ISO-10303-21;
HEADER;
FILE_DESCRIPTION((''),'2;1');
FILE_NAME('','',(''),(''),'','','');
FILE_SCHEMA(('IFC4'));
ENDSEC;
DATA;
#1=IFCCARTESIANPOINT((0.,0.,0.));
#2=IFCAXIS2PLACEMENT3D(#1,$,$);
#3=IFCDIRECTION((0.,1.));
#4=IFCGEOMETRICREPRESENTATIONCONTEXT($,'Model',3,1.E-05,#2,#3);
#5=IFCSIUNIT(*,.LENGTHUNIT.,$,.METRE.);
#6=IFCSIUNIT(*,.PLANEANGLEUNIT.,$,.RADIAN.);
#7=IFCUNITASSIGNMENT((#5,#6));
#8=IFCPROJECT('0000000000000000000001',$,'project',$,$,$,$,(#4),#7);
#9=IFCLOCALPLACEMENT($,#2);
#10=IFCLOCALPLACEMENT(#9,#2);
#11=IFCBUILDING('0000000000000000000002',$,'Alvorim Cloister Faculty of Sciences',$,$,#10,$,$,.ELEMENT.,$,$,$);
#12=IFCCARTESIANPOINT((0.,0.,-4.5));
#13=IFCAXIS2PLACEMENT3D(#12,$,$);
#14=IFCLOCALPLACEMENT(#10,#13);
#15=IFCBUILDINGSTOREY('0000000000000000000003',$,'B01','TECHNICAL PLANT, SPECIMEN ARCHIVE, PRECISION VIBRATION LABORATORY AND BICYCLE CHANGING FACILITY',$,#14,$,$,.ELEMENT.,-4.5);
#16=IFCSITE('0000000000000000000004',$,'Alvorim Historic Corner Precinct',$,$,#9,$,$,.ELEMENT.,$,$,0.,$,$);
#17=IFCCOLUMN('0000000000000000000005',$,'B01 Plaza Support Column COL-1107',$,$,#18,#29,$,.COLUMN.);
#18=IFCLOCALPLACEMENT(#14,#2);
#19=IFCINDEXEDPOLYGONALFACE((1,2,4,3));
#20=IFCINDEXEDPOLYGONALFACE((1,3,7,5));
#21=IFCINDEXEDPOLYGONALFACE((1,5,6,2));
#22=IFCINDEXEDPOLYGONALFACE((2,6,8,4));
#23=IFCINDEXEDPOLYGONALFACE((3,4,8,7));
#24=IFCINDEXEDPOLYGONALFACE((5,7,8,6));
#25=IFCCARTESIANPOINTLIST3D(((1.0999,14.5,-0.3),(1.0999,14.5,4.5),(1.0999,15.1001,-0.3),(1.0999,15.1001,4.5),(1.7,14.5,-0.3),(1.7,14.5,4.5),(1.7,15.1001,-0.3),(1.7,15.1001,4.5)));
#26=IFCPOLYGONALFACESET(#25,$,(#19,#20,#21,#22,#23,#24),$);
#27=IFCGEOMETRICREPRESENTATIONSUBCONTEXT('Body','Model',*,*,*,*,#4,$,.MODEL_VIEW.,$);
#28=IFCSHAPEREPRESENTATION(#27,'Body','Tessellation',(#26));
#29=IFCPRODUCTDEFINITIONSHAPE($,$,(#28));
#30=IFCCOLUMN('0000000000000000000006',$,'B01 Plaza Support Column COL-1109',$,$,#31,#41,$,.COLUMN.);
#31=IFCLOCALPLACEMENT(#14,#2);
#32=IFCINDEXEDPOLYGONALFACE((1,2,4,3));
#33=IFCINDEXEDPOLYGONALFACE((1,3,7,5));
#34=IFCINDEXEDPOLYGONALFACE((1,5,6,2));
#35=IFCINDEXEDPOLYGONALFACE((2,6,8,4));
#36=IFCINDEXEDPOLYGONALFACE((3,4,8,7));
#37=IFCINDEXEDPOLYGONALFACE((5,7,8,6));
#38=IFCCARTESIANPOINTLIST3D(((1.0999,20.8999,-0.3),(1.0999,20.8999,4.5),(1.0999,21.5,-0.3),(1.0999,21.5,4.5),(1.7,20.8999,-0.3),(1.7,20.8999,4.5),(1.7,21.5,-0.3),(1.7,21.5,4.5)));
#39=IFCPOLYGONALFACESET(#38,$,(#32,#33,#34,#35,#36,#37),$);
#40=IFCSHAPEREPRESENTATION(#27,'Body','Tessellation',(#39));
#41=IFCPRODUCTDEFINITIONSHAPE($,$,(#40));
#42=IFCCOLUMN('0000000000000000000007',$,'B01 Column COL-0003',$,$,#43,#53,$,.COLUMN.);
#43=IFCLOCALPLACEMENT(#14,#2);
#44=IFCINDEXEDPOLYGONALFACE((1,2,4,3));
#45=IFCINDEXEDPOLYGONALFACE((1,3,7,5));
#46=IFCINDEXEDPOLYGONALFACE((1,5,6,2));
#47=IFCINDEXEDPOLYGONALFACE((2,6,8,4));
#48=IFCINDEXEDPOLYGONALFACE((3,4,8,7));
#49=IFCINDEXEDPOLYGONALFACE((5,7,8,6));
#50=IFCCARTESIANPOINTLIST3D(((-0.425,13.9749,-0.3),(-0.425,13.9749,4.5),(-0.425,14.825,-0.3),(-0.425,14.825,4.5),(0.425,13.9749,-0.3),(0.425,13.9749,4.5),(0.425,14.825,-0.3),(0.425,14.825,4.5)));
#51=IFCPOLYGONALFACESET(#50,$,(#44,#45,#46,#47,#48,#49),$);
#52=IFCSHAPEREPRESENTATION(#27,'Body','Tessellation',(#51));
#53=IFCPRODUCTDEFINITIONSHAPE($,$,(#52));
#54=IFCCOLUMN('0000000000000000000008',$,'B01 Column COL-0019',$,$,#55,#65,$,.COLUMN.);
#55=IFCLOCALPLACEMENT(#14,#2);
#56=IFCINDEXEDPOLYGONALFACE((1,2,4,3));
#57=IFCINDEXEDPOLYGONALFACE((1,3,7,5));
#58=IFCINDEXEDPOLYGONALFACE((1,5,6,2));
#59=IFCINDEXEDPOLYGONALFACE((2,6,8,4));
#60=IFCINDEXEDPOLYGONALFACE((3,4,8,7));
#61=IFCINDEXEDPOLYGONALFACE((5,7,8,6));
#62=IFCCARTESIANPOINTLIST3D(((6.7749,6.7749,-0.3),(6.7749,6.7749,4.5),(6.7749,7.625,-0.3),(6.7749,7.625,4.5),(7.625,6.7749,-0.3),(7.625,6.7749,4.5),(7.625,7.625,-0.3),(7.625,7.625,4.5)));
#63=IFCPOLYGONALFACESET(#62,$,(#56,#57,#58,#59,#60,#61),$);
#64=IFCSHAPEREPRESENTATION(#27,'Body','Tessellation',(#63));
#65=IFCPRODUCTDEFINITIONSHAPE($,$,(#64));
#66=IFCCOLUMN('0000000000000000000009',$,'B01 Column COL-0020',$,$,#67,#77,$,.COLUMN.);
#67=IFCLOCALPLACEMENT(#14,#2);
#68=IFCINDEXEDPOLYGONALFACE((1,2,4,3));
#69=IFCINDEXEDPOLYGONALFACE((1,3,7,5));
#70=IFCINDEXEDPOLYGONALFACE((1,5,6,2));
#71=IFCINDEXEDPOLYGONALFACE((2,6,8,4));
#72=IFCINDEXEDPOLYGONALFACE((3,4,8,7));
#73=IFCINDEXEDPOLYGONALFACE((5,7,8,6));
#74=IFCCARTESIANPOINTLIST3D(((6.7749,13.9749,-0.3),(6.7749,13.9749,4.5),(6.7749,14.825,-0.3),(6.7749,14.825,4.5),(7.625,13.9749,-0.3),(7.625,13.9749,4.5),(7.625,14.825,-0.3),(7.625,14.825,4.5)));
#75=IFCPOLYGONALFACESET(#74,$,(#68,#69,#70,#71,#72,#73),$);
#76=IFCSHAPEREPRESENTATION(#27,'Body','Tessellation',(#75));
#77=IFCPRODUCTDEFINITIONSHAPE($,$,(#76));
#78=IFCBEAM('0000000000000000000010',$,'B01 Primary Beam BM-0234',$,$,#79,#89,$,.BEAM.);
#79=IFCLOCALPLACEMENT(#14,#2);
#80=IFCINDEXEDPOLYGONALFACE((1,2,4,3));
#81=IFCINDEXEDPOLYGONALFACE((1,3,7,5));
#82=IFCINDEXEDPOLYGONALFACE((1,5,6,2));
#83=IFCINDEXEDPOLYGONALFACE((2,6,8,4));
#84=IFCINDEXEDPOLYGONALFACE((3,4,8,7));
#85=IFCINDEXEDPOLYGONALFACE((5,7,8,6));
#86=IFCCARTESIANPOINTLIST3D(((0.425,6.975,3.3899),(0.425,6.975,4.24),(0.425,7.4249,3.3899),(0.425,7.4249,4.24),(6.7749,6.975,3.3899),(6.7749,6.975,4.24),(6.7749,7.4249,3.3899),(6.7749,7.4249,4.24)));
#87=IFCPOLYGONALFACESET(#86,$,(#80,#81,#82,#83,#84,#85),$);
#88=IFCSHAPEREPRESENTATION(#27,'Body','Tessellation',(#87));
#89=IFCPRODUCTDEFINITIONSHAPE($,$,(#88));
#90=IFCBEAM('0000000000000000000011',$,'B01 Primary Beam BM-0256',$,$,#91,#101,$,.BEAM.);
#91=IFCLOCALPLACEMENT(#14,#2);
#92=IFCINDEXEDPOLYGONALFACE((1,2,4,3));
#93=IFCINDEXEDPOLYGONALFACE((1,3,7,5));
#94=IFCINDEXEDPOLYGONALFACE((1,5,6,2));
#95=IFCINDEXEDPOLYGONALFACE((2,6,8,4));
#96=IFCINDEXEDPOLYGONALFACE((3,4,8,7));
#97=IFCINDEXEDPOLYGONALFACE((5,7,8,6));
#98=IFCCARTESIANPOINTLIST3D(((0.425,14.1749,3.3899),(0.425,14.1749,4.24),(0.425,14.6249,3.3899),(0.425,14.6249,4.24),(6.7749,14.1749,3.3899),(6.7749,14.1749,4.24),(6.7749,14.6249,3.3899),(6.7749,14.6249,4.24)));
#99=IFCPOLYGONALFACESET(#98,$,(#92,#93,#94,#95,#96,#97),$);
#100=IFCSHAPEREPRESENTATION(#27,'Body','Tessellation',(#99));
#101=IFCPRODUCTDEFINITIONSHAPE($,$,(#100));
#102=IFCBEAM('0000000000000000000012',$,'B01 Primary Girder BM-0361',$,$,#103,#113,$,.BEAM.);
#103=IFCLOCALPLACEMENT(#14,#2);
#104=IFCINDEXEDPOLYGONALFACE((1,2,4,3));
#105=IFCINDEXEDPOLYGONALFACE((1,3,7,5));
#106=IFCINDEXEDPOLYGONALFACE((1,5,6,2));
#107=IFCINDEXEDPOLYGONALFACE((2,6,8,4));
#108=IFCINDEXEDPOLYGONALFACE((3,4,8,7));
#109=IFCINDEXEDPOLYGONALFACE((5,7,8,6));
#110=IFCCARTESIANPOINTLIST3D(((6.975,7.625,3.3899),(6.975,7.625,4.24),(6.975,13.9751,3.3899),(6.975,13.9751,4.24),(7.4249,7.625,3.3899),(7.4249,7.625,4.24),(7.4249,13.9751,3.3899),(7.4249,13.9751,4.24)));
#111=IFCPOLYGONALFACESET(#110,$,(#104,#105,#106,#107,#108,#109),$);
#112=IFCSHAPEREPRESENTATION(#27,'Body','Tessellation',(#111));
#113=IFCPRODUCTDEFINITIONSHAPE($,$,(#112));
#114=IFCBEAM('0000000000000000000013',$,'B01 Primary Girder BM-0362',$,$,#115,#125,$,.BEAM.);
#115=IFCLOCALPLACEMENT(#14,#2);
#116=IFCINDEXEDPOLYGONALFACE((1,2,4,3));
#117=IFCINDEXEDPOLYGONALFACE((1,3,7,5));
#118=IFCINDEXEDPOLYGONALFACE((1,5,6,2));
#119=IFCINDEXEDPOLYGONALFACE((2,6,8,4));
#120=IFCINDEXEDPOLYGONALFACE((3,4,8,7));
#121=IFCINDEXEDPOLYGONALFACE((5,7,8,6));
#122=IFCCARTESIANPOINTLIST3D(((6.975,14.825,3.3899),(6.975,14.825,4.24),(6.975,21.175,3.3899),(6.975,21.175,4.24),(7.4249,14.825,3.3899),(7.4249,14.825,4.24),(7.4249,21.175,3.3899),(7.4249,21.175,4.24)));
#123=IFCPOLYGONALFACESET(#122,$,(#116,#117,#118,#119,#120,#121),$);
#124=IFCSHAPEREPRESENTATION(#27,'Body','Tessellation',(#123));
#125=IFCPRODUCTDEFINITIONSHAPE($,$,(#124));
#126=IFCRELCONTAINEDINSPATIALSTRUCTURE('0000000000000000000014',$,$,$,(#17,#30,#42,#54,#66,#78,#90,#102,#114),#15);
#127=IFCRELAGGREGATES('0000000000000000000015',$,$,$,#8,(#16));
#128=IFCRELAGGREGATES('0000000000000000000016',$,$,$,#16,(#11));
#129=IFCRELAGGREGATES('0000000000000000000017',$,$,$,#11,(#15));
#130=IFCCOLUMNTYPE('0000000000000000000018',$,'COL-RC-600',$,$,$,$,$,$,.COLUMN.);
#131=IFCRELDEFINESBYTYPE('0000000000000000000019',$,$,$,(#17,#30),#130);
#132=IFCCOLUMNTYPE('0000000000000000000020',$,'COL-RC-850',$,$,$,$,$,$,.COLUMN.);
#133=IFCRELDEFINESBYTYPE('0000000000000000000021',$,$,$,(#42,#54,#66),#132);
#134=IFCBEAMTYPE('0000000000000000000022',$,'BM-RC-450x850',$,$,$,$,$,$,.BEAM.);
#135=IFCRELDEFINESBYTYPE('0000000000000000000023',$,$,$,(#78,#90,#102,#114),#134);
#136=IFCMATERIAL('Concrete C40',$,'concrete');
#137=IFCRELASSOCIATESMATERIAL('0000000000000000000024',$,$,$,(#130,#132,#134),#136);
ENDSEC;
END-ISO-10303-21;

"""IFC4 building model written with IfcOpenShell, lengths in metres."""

from ifc_helpers import new_model, si_unit, direction, frame, origin, origin_2d, place, context, subcontext, project, spatial, rectangle, extrude, material, material_profile, profile_set, type_object, element, save


model = new_model("IFC4")

# Units and contexts
model_context = context("Model", 3, precision=1e-05, world=origin(), true_north=direction((0.0, 1.0)))
body_context = subcontext(model_context, "Body", "Model", "MODEL_VIEW")
ifc_project = project(units=[si_unit("LENGTHUNIT", "METRE"), si_unit("PLANEANGLEUNIT", "RADIAN")], contexts=[model_context])

# Site, building, storey
site_placement = place(None, origin())
site = spatial("IfcSite", under=ifc_project, at=site_placement, Name="Alvorim Historic Corner Precinct", CompositionType="ELEMENT", RefElevation=0.0)
building_placement = place(site_placement, origin())
building = spatial("IfcBuilding", under=site, at=building_placement, Name="Alvorim Cloister Faculty of Sciences", CompositionType="ELEMENT")
storey_placement = place(building_placement, frame((0.0, 0.0, -4.5)))
storey = spatial("IfcBuildingStorey", under=building, at=storey_placement, Name="B01", Description="TECHNICAL PLANT, SPECIMEN ARCHIVE, PRECISION VIBRATION LABORATORY AND BICYCLE CHANGING FACILITY", CompositionType="ELEMENT", Elevation=-4.5)

# Shared definitions
ifc_material_1 = material(Name="Concrete C40", Category="concrete")

# Columns
ifc_material_profile_1 = material_profile(ifc_material_1, rectangle(XDim=0.6001, YDim=0.6001, at=origin_2d()), Name="RC40-COL-600x600")
ifc_profile_set_1 = profile_set([ifc_material_profile_1], Name="Concrete C40")
column_type_1 = type_object("IfcColumnType", Name="COL-RC-600", PredefinedType="COLUMN", material=ifc_profile_set_1)
for number, where, z_axis, x_axis, name in (
    (1, (1.3999, 14.8, -0.3), (0.0, 0.0, 1.0), (1.0, 0.0, 0.0), "B01 Plaza Support Column COL-1107"),
    (2, (1.3999, 21.2, -0.3), (0.0, 0.0, 1.0), (1.0, 0.0, 0.0), "B01 Plaza Support Column COL-1109"),
):
    element("IfcColumn", number, at=place(storey_placement, frame(where, z_axis=z_axis, x_axis=x_axis)), inside=storey, type_object=column_type_1, Name=name, PredefinedType="COLUMN", context=body_context, shape_type="SweptSolid", body=[
        extrude(rectangle(XDim=0.6001, YDim=0.6001, at=origin_2d()), origin(), (0.0, 0.0, 1.0), 4.8),
    ])
ifc_material_profile_2 = material_profile(ifc_material_1, rectangle(XDim=0.8501, YDim=0.8501, at=origin_2d()), Name="RC40-COL-850x850")
ifc_profile_set_2 = profile_set([ifc_material_profile_2], Name="Concrete C40")
column_type_2 = type_object("IfcColumnType", Name="COL-RC-850", PredefinedType="COLUMN", material=ifc_profile_set_2)
for number, where, z_axis, x_axis, name in (
    (3, (0.0, 14.3999, -0.3), (0.0, 0.0, 1.0), (1.0, 0.0, 0.0), "B01 Column COL-0003"),
    (4, (7.2, 7.2, -0.3), (0.0, 0.0, 1.0), (1.0, 0.0, 0.0), "B01 Column COL-0019"),
    (5, (7.2, 14.3999, -0.3), (0.0, 0.0, 1.0), (1.0, 0.0, 0.0), "B01 Column COL-0020"),
):
    element("IfcColumn", number, at=place(storey_placement, frame(where, z_axis=z_axis, x_axis=x_axis)), inside=storey, type_object=column_type_2, Name=name, PredefinedType="COLUMN", context=body_context, shape_type="SweptSolid", body=[
        extrude(rectangle(XDim=0.8501, YDim=0.8501, at=origin_2d()), origin(), (0.0, 0.0, 1.0), 4.8),
    ])

# Beams
ifc_material_profile_3 = material_profile(ifc_material_1, rectangle(XDim=0.45, YDim=0.8501, at=origin_2d()), Name="RC40-BM-450x850")
ifc_profile_set_3 = profile_set([ifc_material_profile_3], Name="Concrete C40")
beam_type = type_object("IfcBeamType", Name="BM-RC-450x850", PredefinedType="BEAM", material=ifc_profile_set_3)
for number, where, z_axis, x_axis, name in (
    (6, (0.425, 7.2, 3.8149), (1.0, 0.0, 0.0), (0.0, 1.0, 0.0), "B01 Primary Beam BM-0234"),
    (7, (0.425, 14.3999, 3.8149), (1.0, 0.0, 0.0), (0.0, 1.0, 0.0), "B01 Primary Beam BM-0256"),
):
    element("IfcBeam", number, at=place(storey_placement, frame(where, z_axis=z_axis, x_axis=x_axis)), inside=storey, type_object=beam_type, Name=name, PredefinedType="BEAM", context=body_context, shape_type="SweptSolid", body=[
        extrude(rectangle(XDim=0.45, YDim=0.8501, at=origin_2d()), origin(), (0.0, 0.0, 1.0), 6.3499),
    ])
for number, where, z_axis, x_axis, name in (
    (8, (7.2, 7.625, 3.8149), (0.0, 1.0, 0.0), (-1.0, 0.0, 0.0), "B01 Primary Girder BM-0361"),
    (9, (7.2, 14.825, 3.8149), (0.0, 1.0, 0.0), (-1.0, 0.0, 0.0), "B01 Primary Girder BM-0362"),
):
    element("IfcBeam", number, at=place(storey_placement, frame(where, z_axis=z_axis, x_axis=x_axis)), inside=storey, type_object=beam_type, Name=name, PredefinedType="BEAM", context=body_context, shape_type="SweptSolid", body=[
        extrude(rectangle(XDim=0.45, YDim=0.8501, at=origin_2d()), origin(), (0.0, 0.0, 1.0), 6.3501),
    ])

save(model, "model.ifc")
